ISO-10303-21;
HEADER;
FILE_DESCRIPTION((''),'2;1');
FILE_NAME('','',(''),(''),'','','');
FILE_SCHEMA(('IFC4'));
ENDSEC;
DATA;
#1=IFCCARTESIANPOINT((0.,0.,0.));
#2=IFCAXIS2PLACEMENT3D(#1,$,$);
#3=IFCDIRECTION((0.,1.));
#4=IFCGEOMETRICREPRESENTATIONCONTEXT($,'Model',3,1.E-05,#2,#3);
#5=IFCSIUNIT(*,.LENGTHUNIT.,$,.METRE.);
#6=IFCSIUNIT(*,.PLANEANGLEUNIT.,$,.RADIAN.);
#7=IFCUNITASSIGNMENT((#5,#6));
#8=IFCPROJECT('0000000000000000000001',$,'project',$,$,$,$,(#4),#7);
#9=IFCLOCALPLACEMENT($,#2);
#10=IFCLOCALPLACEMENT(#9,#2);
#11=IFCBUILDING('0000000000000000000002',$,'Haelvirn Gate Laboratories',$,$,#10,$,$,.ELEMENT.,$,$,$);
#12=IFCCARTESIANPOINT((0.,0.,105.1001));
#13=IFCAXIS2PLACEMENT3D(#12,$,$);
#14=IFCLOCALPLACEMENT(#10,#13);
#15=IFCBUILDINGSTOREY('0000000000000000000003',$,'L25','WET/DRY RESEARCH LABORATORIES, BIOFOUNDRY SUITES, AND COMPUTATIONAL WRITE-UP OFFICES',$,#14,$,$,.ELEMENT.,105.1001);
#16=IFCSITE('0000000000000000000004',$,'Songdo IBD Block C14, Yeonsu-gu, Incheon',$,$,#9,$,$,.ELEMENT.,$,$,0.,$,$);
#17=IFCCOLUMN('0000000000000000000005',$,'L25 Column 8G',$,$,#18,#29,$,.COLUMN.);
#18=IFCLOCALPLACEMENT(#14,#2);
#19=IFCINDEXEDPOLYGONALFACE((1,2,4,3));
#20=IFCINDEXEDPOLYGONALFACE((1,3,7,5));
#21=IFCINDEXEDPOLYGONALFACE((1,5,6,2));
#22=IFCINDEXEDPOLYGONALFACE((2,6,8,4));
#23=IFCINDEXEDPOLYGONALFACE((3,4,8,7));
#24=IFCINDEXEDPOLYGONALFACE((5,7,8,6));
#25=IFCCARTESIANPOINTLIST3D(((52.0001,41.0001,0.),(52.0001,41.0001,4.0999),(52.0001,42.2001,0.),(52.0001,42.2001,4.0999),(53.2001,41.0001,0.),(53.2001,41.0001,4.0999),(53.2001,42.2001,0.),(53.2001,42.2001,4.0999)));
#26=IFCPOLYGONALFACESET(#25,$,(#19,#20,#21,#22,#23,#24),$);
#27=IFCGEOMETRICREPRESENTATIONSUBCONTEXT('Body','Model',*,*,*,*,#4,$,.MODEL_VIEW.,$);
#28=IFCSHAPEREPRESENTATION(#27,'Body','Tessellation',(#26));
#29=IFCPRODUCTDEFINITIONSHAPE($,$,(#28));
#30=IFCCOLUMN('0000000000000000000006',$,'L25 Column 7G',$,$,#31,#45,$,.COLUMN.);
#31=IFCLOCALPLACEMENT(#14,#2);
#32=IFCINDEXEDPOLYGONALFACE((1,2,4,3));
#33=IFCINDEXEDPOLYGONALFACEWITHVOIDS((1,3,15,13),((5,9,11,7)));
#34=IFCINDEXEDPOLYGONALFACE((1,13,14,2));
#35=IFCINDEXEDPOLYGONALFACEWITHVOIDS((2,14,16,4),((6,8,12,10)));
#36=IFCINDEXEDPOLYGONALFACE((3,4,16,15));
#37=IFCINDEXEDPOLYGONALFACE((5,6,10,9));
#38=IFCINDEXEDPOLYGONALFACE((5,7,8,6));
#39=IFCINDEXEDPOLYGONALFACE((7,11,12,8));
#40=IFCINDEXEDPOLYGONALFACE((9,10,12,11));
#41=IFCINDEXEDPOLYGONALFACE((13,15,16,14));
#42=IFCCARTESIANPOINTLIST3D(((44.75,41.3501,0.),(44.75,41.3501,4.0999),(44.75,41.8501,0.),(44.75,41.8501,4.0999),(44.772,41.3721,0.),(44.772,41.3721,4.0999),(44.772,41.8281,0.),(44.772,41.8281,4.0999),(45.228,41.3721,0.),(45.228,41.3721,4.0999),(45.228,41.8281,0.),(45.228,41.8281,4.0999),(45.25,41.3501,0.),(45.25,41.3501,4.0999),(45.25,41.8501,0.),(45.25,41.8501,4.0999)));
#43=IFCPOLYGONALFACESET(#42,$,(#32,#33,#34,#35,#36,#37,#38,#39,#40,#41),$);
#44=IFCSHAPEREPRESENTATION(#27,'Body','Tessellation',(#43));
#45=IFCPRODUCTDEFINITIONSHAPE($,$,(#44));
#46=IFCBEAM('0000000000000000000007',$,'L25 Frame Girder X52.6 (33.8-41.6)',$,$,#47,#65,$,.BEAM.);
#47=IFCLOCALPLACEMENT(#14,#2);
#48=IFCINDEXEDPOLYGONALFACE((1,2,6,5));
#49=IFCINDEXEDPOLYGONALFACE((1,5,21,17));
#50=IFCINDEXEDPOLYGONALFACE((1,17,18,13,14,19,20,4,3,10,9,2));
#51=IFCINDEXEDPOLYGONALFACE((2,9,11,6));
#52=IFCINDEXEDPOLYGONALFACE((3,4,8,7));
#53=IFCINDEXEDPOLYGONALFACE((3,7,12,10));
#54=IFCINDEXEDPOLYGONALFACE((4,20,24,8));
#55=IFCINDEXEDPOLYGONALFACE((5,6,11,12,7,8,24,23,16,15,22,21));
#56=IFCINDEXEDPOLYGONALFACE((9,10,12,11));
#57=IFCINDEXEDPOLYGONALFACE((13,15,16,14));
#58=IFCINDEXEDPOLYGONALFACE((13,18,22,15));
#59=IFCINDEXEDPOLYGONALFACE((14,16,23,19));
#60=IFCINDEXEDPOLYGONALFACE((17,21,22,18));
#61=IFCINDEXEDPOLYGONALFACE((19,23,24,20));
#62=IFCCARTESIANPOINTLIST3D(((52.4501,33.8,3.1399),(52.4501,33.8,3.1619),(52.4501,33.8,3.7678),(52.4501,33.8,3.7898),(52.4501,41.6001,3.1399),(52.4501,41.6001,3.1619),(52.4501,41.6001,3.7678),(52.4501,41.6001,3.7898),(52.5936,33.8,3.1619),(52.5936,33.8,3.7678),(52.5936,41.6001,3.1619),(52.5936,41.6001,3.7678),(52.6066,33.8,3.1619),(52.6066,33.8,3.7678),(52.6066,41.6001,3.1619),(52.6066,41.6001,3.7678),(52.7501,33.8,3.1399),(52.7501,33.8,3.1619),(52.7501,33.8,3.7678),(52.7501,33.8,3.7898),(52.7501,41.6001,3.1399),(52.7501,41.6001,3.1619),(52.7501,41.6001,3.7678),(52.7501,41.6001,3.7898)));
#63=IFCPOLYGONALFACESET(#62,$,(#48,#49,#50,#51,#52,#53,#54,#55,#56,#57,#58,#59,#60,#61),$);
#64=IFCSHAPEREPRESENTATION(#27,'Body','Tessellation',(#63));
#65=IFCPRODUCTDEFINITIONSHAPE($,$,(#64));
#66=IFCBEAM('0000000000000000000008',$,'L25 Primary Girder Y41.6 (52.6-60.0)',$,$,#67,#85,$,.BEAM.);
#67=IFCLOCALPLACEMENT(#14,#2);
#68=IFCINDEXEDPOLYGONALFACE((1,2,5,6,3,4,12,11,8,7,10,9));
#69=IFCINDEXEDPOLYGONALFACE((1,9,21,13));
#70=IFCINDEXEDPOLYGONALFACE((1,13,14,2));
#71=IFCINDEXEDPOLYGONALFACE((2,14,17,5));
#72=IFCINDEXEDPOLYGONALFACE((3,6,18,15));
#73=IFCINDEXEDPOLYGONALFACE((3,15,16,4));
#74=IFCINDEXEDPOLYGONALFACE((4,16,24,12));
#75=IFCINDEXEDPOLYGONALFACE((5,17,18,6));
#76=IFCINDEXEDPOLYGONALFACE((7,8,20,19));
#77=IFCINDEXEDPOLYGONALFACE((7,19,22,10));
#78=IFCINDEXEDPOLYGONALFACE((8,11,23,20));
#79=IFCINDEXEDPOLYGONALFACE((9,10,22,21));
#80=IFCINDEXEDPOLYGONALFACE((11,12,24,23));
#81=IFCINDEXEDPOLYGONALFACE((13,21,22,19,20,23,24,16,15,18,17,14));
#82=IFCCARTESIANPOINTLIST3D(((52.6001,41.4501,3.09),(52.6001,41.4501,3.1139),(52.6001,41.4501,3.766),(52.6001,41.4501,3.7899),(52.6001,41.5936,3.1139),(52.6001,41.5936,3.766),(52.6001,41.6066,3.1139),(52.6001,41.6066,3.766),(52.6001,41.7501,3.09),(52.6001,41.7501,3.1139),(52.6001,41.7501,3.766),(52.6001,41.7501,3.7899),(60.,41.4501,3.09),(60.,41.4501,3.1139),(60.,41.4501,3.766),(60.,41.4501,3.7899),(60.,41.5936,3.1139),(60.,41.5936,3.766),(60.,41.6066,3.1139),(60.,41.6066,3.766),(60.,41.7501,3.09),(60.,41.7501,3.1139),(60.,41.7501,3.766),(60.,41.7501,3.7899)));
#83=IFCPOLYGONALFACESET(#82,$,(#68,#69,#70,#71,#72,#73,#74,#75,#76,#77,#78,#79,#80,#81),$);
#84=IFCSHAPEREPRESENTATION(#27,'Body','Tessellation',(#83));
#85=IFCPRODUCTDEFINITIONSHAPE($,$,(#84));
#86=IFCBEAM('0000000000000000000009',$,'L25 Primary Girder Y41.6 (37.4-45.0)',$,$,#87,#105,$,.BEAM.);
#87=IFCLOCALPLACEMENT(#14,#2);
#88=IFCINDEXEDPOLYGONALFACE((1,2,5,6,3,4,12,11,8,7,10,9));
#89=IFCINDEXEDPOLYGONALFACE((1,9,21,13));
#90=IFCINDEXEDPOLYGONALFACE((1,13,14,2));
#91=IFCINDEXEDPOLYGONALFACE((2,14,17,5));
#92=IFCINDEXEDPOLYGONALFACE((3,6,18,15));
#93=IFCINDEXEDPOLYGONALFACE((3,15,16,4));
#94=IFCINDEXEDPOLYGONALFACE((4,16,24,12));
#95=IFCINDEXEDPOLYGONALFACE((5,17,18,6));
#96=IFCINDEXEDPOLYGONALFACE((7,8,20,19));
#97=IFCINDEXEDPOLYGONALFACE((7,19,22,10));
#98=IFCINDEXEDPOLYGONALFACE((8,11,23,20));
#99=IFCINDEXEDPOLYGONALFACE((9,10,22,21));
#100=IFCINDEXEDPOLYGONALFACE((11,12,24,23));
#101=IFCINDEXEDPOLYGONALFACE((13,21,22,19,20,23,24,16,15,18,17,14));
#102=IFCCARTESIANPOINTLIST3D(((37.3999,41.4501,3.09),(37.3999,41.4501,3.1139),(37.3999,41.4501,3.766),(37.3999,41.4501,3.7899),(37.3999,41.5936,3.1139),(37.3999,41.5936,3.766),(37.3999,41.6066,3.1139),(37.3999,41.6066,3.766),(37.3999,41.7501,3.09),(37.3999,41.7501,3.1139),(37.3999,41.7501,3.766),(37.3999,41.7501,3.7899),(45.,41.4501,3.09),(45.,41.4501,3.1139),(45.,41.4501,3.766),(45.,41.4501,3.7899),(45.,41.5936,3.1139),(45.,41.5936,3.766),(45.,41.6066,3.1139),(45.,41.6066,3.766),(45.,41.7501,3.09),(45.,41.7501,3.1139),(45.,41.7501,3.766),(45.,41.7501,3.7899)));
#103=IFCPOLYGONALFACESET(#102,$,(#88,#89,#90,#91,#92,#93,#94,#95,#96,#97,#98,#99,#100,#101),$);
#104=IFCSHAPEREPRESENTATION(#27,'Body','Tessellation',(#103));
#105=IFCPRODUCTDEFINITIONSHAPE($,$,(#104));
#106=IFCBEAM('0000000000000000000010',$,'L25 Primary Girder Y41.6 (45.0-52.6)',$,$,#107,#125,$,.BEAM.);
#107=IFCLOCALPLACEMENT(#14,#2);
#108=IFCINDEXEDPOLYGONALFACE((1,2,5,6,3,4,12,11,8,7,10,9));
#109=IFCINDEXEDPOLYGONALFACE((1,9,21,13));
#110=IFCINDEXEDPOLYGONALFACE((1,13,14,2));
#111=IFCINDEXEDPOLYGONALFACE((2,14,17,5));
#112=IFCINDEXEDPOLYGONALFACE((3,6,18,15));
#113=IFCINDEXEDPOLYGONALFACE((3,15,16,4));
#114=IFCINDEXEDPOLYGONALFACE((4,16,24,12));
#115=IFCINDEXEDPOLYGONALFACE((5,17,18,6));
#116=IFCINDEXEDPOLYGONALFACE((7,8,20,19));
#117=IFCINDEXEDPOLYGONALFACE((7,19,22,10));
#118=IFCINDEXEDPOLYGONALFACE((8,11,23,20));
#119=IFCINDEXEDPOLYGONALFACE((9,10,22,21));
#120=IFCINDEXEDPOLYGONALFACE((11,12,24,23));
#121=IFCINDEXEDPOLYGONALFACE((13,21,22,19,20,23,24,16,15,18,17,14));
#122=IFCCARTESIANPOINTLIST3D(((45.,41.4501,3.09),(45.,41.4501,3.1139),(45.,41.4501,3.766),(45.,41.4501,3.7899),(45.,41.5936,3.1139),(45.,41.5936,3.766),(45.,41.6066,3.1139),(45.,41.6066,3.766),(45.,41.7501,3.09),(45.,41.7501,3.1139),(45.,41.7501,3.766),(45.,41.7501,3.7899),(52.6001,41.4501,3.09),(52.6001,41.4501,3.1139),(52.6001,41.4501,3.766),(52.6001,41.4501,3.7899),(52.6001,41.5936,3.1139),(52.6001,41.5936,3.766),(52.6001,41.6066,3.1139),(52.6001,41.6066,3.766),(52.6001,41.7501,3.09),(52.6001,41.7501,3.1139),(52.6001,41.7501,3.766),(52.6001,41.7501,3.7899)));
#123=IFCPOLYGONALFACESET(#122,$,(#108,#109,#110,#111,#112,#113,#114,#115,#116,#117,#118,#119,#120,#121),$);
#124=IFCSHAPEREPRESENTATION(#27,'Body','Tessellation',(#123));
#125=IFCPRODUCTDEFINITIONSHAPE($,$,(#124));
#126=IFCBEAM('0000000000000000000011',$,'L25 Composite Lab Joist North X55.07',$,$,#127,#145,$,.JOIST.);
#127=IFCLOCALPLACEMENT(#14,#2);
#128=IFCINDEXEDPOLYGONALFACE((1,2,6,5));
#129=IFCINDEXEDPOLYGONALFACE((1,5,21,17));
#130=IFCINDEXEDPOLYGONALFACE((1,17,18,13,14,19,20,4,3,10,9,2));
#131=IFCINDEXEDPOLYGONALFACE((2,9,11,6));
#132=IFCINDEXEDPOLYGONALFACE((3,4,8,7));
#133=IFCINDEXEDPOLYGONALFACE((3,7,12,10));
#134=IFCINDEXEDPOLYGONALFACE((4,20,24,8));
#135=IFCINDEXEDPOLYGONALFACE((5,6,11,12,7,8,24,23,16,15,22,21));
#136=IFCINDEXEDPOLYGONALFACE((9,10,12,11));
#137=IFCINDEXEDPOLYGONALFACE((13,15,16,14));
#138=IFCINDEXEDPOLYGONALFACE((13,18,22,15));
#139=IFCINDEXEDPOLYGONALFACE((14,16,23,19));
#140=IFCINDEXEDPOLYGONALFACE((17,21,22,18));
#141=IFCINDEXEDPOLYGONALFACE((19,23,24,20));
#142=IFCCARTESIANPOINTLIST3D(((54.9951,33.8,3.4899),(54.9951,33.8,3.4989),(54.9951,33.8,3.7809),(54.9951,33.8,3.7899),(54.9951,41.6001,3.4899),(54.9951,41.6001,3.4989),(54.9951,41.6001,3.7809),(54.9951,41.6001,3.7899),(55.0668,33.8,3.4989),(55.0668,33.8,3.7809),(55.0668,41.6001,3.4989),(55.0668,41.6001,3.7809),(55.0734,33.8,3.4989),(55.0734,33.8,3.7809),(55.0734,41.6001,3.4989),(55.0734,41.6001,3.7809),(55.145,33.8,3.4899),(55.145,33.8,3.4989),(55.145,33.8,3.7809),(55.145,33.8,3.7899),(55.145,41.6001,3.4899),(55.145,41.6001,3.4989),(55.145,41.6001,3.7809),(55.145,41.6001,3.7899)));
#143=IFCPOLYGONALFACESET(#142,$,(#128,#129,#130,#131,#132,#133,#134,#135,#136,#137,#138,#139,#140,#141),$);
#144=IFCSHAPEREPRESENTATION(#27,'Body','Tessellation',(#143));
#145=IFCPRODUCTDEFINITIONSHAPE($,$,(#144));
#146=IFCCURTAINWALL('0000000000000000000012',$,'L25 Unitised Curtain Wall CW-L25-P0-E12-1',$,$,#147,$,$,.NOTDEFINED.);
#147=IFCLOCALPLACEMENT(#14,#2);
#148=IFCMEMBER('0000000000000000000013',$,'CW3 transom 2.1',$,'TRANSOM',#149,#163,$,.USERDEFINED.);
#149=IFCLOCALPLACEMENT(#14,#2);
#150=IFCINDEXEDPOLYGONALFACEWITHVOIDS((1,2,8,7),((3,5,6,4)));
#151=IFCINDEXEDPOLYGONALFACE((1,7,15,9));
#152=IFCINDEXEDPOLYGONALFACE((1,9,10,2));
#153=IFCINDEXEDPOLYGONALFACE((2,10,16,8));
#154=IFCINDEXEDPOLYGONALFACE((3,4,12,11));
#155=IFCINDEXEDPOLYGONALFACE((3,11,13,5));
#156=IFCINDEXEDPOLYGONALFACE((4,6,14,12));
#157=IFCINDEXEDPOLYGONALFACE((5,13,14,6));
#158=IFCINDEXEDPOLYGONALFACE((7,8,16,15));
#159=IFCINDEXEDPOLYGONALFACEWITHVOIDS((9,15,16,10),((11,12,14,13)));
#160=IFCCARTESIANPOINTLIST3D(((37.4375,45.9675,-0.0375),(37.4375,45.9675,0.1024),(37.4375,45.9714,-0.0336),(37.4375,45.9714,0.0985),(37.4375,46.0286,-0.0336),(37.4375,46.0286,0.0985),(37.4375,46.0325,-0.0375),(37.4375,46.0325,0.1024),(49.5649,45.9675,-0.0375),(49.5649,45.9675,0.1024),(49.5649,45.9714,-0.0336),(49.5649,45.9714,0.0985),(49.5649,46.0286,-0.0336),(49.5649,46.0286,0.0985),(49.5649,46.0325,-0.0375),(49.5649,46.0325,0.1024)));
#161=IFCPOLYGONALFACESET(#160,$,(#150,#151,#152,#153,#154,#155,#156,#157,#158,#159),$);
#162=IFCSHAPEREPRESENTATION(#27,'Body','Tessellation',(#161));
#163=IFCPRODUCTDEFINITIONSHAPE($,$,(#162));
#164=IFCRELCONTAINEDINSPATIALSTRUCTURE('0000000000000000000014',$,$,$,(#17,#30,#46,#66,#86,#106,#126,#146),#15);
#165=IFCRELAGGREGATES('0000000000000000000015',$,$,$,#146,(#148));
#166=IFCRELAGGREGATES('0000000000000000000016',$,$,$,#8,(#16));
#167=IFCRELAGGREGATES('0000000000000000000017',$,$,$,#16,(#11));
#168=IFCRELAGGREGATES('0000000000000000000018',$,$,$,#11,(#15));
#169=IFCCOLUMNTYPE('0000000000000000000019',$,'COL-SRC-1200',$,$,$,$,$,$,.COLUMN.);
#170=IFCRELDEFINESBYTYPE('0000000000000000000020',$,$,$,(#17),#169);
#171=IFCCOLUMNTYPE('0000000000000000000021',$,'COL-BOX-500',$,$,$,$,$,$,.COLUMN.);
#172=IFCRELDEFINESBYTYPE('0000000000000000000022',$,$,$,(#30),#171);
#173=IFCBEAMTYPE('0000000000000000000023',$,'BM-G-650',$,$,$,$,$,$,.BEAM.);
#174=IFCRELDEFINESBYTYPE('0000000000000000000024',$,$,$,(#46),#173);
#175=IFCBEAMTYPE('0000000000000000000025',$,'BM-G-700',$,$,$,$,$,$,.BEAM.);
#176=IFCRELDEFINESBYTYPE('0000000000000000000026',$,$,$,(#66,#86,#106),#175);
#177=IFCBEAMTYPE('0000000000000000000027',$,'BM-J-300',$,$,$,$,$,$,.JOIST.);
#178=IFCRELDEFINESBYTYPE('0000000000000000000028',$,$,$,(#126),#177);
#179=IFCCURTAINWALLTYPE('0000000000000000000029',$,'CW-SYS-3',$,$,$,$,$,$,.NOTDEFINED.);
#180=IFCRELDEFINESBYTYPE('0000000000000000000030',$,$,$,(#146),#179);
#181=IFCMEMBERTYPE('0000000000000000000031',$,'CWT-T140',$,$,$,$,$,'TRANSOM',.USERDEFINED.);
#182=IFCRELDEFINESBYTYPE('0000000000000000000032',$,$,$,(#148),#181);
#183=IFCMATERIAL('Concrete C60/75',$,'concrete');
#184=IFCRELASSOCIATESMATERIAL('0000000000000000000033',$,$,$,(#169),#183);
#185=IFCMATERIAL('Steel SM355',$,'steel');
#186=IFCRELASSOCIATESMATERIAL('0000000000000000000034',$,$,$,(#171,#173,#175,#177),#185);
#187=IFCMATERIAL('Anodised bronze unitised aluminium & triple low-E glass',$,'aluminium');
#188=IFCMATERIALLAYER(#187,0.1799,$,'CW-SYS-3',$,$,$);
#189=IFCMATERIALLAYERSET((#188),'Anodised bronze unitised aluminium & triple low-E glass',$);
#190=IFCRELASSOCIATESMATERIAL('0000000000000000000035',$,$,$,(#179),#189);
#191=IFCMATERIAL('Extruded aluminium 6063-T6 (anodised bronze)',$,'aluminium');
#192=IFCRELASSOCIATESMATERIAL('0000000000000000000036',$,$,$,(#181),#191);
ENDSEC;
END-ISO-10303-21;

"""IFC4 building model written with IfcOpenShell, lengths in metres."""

from ifc_helpers import new_model, si_unit, direction, frame, origin, origin_2d, place, context, subcontext, project, spatial, rectangle, hollow_rectangle, i_section, extrude, source, transform, mapped, material, layer, layer_set, material_profile, profile_set, type_object, type_shapes, element, aggregate, save


model = new_model("IFC4")

# Units and contexts
model_context = context("Model", 3, precision=1e-05, world=origin(), true_north=direction((0.0, 1.0)))
body_context = subcontext(model_context, "Body", "Model", "MODEL_VIEW")
ifc_project = project(units=[si_unit("LENGTHUNIT", "METRE"), si_unit("PLANEANGLEUNIT", "RADIAN")], contexts=[model_context])

# Site, building, storey
site_placement = place(None, origin())
site = spatial("IfcSite", under=ifc_project, at=site_placement, Name="Songdo IBD Block C14, Yeonsu-gu, Incheon", CompositionType="ELEMENT", RefElevation=0.0)
building_placement = place(site_placement, origin())
building = spatial("IfcBuilding", under=site, at=building_placement, Name="Haelvirn Gate Laboratories", CompositionType="ELEMENT")
storey_placement = place(building_placement, frame((0.0, 0.0, 105.1001)))
storey = spatial("IfcBuildingStorey", under=building, at=storey_placement, Name="L25", Description="WET/DRY RESEARCH LABORATORIES, BIOFOUNDRY SUITES, AND COMPUTATIONAL WRITE-UP OFFICES", CompositionType="ELEMENT", Elevation=105.1001)

# Columns
ifc_material_1 = material(Name="Concrete C60/75", Category="concrete")
ifc_material_profile_1 = material_profile(ifc_material_1, rectangle(XDim=1.2, YDim=1.2, at=origin_2d()), Name="SRC-1200x1200")
ifc_profile_set_1 = profile_set([ifc_material_profile_1], Name="Concrete C60/75")
column_type_1 = type_object("IfcColumnType", Name="COL-SRC-1200", PredefinedType="COLUMN", material=ifc_profile_set_1)
shared_shape_1 = source(origin(), body_context, "Body", "SweptSolid", [
    extrude(rectangle(XDim=1.2, YDim=1.2, at=origin_2d()), origin(), (0.0, 0.0, 1.0), 4.0999),
])
type_shapes(column_type_1, [shared_shape_1])
column_1_placement = place(storey_placement, frame((52.6001, 41.6001, 0.0), z_axis=(0.0, 0.0, 1.0), x_axis=(1.0, 0.0, 0.0)))
element("IfcColumn", 1, at=column_1_placement, inside=storey, type_object=column_type_1, Name="L25 Column 8G", PredefinedType="COLUMN", context=body_context, shape_type="MappedRepresentation", body=[
    mapped(shared_shape_1, transform((0.0, 0.0, 0.0), scale=1.0)),
])
ifc_material_2 = material(Name="Steel SM355", Category="steel")
ifc_material_profile_2 = material_profile(ifc_material_2, hollow_rectangle(XDim=0.5, YDim=0.5, WallThickness=0.022, at=origin_2d()), Name="BOX-500x500x22")
ifc_profile_set_2 = profile_set([ifc_material_profile_2], Name="Steel SM355")
column_type_2 = type_object("IfcColumnType", Name="COL-BOX-500", PredefinedType="COLUMN", material=ifc_profile_set_2)
shared_shape_2 = source(origin(), body_context, "Body", "SweptSolid", [
    extrude(hollow_rectangle(XDim=0.5, YDim=0.5, WallThickness=0.022, at=origin_2d()), origin(), (0.0, 0.0, 1.0), 4.0999),
])
type_shapes(column_type_2, [shared_shape_2])
column_2_placement = place(storey_placement, frame((45.0, 41.6001, 0.0), z_axis=(0.0, 0.0, 1.0), x_axis=(1.0, 0.0, 0.0)))
element("IfcColumn", 2, at=column_2_placement, inside=storey, type_object=column_type_2, Name="L25 Column 7G", PredefinedType="COLUMN", context=body_context, shape_type="MappedRepresentation", body=[
    mapped(shared_shape_2, transform((0.0, 0.0, 0.0), scale=1.0)),
])

# Beams
ifc_material_profile_3 = material_profile(ifc_material_2, i_section(OverallWidth=0.3, OverallDepth=0.6499, WebThickness=0.0129, FlangeThickness=0.022, at=origin_2d()), Name="H-650x300x13x22")
ifc_profile_set_3 = profile_set([ifc_material_profile_3], Name="Steel SM355")
beam_type_1 = type_object("IfcBeamType", Name="BM-G-650", PredefinedType="BEAM", material=ifc_profile_set_3)
shared_shape_3 = source(origin(), body_context, "Body", "SweptSolid", [
    extrude(i_section(OverallWidth=0.3, OverallDepth=0.6499, WebThickness=0.0129, FlangeThickness=0.022, at=origin_2d()), origin(), (0.0, 0.0, 1.0), 7.8),
])
type_shapes(beam_type_1, [shared_shape_3])
beam_1_placement = place(storey_placement, frame((52.6001, 33.8, 3.4648), z_axis=(0.0, 1.0, 0.0), x_axis=(-1.0, 0.0, 0.0)))
element("IfcBeam", 3, at=beam_1_placement, inside=storey, type_object=beam_type_1, Name="L25 Frame Girder X52.6 (33.8-41.6)", PredefinedType="BEAM", context=body_context, shape_type="MappedRepresentation", body=[
    mapped(shared_shape_3, transform((0.0, 0.0, 0.0), scale=1.0)),
])
ifc_material_profile_4 = material_profile(ifc_material_2, i_section(OverallWidth=0.3, OverallDepth=0.7, WebThickness=0.0129, FlangeThickness=0.0239, at=origin_2d()), Name="H-700x300x13x24")
ifc_profile_set_4 = profile_set([ifc_material_profile_4], Name="Steel SM355")
beam_type_2 = type_object("IfcBeamType", Name="BM-G-700", PredefinedType="BEAM", material=ifc_profile_set_4)
shared_shape_4 = source(origin(), body_context, "Body", "SweptSolid", [
    extrude(i_section(OverallWidth=0.3, OverallDepth=0.7, WebThickness=0.0129, FlangeThickness=0.0239, at=origin_2d()), origin(), (0.0, 0.0, 1.0), 7.3999),
])
beam_2_placement = place(storey_placement, frame((52.6001, 41.6001, 3.4399), z_axis=(1.0, 0.0, 0.0), x_axis=(0.0, 1.0, 0.0)))
element("IfcBeam", 4, at=beam_2_placement, inside=storey, type_object=beam_type_2, Name="L25 Primary Girder Y41.6 (52.6-60.0)", PredefinedType="BEAM", context=body_context, shape_type="MappedRepresentation", body=[
    mapped(shared_shape_4, transform((0.0, 0.0, 0.0), scale=1.0)),
])
shared_shape_5 = source(origin(), body_context, "Body", "SweptSolid", [
    extrude(i_section(OverallWidth=0.3, OverallDepth=0.7, WebThickness=0.0129, FlangeThickness=0.0239, at=origin_2d()), origin(), (0.0, 0.0, 1.0), 7.6001),
])
type_shapes(beam_type_2, [shared_shape_4, shared_shape_5])
for number, where, z_axis, x_axis, name in (
    (5, (37.3999, 41.6001, 3.4399), (1.0, 0.0, 0.0), (0.0, 1.0, 0.0), "L25 Primary Girder Y41.6 (37.4-45.0)"),
    (6, (45.0, 41.6001, 3.4399), (1.0, 0.0, 0.0), (0.0, 1.0, 0.0), "L25 Primary Girder Y41.6 (45.0-52.6)"),
):
    element("IfcBeam", number, at=place(storey_placement, frame(where, z_axis=z_axis, x_axis=x_axis)), inside=storey, type_object=beam_type_2, Name=name, PredefinedType="BEAM", context=body_context, shape_type="MappedRepresentation", body=[
        mapped(shared_shape_5, transform((0.0, 0.0, 0.0), scale=1.0)),
    ])
ifc_material_profile_5 = material_profile(ifc_material_2, i_section(OverallWidth=0.1499, OverallDepth=0.3, WebThickness=0.0066, FlangeThickness=0.009, at=origin_2d()), Name="H-300x150x6.5x9")
ifc_profile_set_5 = profile_set([ifc_material_profile_5], Name="Steel SM355")
beam_type_3 = type_object("IfcBeamType", Name="BM-J-300", PredefinedType="JOIST", material=ifc_profile_set_5)
shared_shape_6 = source(origin(), body_context, "Body", "SweptSolid", [
    extrude(i_section(OverallWidth=0.1499, OverallDepth=0.3, WebThickness=0.0066, FlangeThickness=0.009, at=origin_2d()), origin(), (0.0, 0.0, 1.0), 7.8),
])
type_shapes(beam_type_3, [shared_shape_6])
beam_3_placement = place(storey_placement, frame((55.0701, 33.8, 3.6399), z_axis=(0.0, 1.0, 0.0), x_axis=(-1.0, 0.0, 0.0)))
element("IfcBeam", 7, at=beam_3_placement, inside=storey, type_object=beam_type_3, Name="L25 Composite Lab Joist North X55.07", PredefinedType="JOIST", context=body_context, shape_type="MappedRepresentation", body=[
    mapped(shared_shape_6, transform((0.0, 0.0, 0.0), scale=1.0)),
])

# Curtain wall, member
ifc_material_3 = material(Name="Anodised bronze unitised aluminium & triple low-E glass", Category="aluminium")
ifc_layer_1 = layer(ifc_material_3, 0.1799, Name="CW-SYS-3")
ifc_layer_set_1 = layer_set([ifc_layer_1], Name="Anodised bronze unitised aluminium & triple low-E glass")
curtain_wall_type = type_object("IfcCurtainWallType", Name="CW-SYS-3", PredefinedType="NOTDEFINED", material=ifc_layer_set_1)
curtain_wall_1_placement = place(storey_placement, origin())
curtain_wall_1 = element("IfcCurtainWall", 8, at=curtain_wall_1_placement, inside=storey, type_object=curtain_wall_type, Name="L25 Unitised Curtain Wall CW-L25-P0-E12-1", PredefinedType="NOTDEFINED")
ifc_material_4 = material(Name="Extruded aluminium 6063-T6 (anodised bronze)", Category="aluminium")
ifc_material_profile_6 = material_profile(ifc_material_4, hollow_rectangle(XDim=0.0649, YDim=0.1399, WallThickness=0.0039, at=origin_2d()), Name="CWT-140x65x4")
ifc_profile_set_6 = profile_set([ifc_material_profile_6], Name="Extruded aluminium 6063-T6 (anodised bronze)")
member_type_1 = type_object("IfcMemberType", Name="CWT-T140", ElementType="TRANSOM", PredefinedType="USERDEFINED", material=ifc_profile_set_6)
shared_shape_7 = source(origin(), body_context, "Body", "SweptSolid", [
    extrude(hollow_rectangle(XDim=0.0649, YDim=0.1399, WallThickness=0.0039, at=origin_2d()), origin(), (0.0, 0.0, 1.0), 12.1274),
])
member_1_placement = place(storey_placement, frame((37.4375, 46.0, 0.0325), z_axis=(1.0, 0.0, 0.0), x_axis=(0.0, 1.0, 0.0)))
member_1 = element("IfcMember", 9, at=member_1_placement, type_object=member_type_1, Name="CW3 transom 2.1", ObjectType="TRANSOM", PredefinedType="USERDEFINED", context=body_context, shape_type="MappedRepresentation", body=[
    mapped(shared_shape_7, transform((0.0, 0.0, 0.0), scale=1.0)),
])

aggregate(curtain_wall_1, [member_1])

save(model, "model.ifc")
